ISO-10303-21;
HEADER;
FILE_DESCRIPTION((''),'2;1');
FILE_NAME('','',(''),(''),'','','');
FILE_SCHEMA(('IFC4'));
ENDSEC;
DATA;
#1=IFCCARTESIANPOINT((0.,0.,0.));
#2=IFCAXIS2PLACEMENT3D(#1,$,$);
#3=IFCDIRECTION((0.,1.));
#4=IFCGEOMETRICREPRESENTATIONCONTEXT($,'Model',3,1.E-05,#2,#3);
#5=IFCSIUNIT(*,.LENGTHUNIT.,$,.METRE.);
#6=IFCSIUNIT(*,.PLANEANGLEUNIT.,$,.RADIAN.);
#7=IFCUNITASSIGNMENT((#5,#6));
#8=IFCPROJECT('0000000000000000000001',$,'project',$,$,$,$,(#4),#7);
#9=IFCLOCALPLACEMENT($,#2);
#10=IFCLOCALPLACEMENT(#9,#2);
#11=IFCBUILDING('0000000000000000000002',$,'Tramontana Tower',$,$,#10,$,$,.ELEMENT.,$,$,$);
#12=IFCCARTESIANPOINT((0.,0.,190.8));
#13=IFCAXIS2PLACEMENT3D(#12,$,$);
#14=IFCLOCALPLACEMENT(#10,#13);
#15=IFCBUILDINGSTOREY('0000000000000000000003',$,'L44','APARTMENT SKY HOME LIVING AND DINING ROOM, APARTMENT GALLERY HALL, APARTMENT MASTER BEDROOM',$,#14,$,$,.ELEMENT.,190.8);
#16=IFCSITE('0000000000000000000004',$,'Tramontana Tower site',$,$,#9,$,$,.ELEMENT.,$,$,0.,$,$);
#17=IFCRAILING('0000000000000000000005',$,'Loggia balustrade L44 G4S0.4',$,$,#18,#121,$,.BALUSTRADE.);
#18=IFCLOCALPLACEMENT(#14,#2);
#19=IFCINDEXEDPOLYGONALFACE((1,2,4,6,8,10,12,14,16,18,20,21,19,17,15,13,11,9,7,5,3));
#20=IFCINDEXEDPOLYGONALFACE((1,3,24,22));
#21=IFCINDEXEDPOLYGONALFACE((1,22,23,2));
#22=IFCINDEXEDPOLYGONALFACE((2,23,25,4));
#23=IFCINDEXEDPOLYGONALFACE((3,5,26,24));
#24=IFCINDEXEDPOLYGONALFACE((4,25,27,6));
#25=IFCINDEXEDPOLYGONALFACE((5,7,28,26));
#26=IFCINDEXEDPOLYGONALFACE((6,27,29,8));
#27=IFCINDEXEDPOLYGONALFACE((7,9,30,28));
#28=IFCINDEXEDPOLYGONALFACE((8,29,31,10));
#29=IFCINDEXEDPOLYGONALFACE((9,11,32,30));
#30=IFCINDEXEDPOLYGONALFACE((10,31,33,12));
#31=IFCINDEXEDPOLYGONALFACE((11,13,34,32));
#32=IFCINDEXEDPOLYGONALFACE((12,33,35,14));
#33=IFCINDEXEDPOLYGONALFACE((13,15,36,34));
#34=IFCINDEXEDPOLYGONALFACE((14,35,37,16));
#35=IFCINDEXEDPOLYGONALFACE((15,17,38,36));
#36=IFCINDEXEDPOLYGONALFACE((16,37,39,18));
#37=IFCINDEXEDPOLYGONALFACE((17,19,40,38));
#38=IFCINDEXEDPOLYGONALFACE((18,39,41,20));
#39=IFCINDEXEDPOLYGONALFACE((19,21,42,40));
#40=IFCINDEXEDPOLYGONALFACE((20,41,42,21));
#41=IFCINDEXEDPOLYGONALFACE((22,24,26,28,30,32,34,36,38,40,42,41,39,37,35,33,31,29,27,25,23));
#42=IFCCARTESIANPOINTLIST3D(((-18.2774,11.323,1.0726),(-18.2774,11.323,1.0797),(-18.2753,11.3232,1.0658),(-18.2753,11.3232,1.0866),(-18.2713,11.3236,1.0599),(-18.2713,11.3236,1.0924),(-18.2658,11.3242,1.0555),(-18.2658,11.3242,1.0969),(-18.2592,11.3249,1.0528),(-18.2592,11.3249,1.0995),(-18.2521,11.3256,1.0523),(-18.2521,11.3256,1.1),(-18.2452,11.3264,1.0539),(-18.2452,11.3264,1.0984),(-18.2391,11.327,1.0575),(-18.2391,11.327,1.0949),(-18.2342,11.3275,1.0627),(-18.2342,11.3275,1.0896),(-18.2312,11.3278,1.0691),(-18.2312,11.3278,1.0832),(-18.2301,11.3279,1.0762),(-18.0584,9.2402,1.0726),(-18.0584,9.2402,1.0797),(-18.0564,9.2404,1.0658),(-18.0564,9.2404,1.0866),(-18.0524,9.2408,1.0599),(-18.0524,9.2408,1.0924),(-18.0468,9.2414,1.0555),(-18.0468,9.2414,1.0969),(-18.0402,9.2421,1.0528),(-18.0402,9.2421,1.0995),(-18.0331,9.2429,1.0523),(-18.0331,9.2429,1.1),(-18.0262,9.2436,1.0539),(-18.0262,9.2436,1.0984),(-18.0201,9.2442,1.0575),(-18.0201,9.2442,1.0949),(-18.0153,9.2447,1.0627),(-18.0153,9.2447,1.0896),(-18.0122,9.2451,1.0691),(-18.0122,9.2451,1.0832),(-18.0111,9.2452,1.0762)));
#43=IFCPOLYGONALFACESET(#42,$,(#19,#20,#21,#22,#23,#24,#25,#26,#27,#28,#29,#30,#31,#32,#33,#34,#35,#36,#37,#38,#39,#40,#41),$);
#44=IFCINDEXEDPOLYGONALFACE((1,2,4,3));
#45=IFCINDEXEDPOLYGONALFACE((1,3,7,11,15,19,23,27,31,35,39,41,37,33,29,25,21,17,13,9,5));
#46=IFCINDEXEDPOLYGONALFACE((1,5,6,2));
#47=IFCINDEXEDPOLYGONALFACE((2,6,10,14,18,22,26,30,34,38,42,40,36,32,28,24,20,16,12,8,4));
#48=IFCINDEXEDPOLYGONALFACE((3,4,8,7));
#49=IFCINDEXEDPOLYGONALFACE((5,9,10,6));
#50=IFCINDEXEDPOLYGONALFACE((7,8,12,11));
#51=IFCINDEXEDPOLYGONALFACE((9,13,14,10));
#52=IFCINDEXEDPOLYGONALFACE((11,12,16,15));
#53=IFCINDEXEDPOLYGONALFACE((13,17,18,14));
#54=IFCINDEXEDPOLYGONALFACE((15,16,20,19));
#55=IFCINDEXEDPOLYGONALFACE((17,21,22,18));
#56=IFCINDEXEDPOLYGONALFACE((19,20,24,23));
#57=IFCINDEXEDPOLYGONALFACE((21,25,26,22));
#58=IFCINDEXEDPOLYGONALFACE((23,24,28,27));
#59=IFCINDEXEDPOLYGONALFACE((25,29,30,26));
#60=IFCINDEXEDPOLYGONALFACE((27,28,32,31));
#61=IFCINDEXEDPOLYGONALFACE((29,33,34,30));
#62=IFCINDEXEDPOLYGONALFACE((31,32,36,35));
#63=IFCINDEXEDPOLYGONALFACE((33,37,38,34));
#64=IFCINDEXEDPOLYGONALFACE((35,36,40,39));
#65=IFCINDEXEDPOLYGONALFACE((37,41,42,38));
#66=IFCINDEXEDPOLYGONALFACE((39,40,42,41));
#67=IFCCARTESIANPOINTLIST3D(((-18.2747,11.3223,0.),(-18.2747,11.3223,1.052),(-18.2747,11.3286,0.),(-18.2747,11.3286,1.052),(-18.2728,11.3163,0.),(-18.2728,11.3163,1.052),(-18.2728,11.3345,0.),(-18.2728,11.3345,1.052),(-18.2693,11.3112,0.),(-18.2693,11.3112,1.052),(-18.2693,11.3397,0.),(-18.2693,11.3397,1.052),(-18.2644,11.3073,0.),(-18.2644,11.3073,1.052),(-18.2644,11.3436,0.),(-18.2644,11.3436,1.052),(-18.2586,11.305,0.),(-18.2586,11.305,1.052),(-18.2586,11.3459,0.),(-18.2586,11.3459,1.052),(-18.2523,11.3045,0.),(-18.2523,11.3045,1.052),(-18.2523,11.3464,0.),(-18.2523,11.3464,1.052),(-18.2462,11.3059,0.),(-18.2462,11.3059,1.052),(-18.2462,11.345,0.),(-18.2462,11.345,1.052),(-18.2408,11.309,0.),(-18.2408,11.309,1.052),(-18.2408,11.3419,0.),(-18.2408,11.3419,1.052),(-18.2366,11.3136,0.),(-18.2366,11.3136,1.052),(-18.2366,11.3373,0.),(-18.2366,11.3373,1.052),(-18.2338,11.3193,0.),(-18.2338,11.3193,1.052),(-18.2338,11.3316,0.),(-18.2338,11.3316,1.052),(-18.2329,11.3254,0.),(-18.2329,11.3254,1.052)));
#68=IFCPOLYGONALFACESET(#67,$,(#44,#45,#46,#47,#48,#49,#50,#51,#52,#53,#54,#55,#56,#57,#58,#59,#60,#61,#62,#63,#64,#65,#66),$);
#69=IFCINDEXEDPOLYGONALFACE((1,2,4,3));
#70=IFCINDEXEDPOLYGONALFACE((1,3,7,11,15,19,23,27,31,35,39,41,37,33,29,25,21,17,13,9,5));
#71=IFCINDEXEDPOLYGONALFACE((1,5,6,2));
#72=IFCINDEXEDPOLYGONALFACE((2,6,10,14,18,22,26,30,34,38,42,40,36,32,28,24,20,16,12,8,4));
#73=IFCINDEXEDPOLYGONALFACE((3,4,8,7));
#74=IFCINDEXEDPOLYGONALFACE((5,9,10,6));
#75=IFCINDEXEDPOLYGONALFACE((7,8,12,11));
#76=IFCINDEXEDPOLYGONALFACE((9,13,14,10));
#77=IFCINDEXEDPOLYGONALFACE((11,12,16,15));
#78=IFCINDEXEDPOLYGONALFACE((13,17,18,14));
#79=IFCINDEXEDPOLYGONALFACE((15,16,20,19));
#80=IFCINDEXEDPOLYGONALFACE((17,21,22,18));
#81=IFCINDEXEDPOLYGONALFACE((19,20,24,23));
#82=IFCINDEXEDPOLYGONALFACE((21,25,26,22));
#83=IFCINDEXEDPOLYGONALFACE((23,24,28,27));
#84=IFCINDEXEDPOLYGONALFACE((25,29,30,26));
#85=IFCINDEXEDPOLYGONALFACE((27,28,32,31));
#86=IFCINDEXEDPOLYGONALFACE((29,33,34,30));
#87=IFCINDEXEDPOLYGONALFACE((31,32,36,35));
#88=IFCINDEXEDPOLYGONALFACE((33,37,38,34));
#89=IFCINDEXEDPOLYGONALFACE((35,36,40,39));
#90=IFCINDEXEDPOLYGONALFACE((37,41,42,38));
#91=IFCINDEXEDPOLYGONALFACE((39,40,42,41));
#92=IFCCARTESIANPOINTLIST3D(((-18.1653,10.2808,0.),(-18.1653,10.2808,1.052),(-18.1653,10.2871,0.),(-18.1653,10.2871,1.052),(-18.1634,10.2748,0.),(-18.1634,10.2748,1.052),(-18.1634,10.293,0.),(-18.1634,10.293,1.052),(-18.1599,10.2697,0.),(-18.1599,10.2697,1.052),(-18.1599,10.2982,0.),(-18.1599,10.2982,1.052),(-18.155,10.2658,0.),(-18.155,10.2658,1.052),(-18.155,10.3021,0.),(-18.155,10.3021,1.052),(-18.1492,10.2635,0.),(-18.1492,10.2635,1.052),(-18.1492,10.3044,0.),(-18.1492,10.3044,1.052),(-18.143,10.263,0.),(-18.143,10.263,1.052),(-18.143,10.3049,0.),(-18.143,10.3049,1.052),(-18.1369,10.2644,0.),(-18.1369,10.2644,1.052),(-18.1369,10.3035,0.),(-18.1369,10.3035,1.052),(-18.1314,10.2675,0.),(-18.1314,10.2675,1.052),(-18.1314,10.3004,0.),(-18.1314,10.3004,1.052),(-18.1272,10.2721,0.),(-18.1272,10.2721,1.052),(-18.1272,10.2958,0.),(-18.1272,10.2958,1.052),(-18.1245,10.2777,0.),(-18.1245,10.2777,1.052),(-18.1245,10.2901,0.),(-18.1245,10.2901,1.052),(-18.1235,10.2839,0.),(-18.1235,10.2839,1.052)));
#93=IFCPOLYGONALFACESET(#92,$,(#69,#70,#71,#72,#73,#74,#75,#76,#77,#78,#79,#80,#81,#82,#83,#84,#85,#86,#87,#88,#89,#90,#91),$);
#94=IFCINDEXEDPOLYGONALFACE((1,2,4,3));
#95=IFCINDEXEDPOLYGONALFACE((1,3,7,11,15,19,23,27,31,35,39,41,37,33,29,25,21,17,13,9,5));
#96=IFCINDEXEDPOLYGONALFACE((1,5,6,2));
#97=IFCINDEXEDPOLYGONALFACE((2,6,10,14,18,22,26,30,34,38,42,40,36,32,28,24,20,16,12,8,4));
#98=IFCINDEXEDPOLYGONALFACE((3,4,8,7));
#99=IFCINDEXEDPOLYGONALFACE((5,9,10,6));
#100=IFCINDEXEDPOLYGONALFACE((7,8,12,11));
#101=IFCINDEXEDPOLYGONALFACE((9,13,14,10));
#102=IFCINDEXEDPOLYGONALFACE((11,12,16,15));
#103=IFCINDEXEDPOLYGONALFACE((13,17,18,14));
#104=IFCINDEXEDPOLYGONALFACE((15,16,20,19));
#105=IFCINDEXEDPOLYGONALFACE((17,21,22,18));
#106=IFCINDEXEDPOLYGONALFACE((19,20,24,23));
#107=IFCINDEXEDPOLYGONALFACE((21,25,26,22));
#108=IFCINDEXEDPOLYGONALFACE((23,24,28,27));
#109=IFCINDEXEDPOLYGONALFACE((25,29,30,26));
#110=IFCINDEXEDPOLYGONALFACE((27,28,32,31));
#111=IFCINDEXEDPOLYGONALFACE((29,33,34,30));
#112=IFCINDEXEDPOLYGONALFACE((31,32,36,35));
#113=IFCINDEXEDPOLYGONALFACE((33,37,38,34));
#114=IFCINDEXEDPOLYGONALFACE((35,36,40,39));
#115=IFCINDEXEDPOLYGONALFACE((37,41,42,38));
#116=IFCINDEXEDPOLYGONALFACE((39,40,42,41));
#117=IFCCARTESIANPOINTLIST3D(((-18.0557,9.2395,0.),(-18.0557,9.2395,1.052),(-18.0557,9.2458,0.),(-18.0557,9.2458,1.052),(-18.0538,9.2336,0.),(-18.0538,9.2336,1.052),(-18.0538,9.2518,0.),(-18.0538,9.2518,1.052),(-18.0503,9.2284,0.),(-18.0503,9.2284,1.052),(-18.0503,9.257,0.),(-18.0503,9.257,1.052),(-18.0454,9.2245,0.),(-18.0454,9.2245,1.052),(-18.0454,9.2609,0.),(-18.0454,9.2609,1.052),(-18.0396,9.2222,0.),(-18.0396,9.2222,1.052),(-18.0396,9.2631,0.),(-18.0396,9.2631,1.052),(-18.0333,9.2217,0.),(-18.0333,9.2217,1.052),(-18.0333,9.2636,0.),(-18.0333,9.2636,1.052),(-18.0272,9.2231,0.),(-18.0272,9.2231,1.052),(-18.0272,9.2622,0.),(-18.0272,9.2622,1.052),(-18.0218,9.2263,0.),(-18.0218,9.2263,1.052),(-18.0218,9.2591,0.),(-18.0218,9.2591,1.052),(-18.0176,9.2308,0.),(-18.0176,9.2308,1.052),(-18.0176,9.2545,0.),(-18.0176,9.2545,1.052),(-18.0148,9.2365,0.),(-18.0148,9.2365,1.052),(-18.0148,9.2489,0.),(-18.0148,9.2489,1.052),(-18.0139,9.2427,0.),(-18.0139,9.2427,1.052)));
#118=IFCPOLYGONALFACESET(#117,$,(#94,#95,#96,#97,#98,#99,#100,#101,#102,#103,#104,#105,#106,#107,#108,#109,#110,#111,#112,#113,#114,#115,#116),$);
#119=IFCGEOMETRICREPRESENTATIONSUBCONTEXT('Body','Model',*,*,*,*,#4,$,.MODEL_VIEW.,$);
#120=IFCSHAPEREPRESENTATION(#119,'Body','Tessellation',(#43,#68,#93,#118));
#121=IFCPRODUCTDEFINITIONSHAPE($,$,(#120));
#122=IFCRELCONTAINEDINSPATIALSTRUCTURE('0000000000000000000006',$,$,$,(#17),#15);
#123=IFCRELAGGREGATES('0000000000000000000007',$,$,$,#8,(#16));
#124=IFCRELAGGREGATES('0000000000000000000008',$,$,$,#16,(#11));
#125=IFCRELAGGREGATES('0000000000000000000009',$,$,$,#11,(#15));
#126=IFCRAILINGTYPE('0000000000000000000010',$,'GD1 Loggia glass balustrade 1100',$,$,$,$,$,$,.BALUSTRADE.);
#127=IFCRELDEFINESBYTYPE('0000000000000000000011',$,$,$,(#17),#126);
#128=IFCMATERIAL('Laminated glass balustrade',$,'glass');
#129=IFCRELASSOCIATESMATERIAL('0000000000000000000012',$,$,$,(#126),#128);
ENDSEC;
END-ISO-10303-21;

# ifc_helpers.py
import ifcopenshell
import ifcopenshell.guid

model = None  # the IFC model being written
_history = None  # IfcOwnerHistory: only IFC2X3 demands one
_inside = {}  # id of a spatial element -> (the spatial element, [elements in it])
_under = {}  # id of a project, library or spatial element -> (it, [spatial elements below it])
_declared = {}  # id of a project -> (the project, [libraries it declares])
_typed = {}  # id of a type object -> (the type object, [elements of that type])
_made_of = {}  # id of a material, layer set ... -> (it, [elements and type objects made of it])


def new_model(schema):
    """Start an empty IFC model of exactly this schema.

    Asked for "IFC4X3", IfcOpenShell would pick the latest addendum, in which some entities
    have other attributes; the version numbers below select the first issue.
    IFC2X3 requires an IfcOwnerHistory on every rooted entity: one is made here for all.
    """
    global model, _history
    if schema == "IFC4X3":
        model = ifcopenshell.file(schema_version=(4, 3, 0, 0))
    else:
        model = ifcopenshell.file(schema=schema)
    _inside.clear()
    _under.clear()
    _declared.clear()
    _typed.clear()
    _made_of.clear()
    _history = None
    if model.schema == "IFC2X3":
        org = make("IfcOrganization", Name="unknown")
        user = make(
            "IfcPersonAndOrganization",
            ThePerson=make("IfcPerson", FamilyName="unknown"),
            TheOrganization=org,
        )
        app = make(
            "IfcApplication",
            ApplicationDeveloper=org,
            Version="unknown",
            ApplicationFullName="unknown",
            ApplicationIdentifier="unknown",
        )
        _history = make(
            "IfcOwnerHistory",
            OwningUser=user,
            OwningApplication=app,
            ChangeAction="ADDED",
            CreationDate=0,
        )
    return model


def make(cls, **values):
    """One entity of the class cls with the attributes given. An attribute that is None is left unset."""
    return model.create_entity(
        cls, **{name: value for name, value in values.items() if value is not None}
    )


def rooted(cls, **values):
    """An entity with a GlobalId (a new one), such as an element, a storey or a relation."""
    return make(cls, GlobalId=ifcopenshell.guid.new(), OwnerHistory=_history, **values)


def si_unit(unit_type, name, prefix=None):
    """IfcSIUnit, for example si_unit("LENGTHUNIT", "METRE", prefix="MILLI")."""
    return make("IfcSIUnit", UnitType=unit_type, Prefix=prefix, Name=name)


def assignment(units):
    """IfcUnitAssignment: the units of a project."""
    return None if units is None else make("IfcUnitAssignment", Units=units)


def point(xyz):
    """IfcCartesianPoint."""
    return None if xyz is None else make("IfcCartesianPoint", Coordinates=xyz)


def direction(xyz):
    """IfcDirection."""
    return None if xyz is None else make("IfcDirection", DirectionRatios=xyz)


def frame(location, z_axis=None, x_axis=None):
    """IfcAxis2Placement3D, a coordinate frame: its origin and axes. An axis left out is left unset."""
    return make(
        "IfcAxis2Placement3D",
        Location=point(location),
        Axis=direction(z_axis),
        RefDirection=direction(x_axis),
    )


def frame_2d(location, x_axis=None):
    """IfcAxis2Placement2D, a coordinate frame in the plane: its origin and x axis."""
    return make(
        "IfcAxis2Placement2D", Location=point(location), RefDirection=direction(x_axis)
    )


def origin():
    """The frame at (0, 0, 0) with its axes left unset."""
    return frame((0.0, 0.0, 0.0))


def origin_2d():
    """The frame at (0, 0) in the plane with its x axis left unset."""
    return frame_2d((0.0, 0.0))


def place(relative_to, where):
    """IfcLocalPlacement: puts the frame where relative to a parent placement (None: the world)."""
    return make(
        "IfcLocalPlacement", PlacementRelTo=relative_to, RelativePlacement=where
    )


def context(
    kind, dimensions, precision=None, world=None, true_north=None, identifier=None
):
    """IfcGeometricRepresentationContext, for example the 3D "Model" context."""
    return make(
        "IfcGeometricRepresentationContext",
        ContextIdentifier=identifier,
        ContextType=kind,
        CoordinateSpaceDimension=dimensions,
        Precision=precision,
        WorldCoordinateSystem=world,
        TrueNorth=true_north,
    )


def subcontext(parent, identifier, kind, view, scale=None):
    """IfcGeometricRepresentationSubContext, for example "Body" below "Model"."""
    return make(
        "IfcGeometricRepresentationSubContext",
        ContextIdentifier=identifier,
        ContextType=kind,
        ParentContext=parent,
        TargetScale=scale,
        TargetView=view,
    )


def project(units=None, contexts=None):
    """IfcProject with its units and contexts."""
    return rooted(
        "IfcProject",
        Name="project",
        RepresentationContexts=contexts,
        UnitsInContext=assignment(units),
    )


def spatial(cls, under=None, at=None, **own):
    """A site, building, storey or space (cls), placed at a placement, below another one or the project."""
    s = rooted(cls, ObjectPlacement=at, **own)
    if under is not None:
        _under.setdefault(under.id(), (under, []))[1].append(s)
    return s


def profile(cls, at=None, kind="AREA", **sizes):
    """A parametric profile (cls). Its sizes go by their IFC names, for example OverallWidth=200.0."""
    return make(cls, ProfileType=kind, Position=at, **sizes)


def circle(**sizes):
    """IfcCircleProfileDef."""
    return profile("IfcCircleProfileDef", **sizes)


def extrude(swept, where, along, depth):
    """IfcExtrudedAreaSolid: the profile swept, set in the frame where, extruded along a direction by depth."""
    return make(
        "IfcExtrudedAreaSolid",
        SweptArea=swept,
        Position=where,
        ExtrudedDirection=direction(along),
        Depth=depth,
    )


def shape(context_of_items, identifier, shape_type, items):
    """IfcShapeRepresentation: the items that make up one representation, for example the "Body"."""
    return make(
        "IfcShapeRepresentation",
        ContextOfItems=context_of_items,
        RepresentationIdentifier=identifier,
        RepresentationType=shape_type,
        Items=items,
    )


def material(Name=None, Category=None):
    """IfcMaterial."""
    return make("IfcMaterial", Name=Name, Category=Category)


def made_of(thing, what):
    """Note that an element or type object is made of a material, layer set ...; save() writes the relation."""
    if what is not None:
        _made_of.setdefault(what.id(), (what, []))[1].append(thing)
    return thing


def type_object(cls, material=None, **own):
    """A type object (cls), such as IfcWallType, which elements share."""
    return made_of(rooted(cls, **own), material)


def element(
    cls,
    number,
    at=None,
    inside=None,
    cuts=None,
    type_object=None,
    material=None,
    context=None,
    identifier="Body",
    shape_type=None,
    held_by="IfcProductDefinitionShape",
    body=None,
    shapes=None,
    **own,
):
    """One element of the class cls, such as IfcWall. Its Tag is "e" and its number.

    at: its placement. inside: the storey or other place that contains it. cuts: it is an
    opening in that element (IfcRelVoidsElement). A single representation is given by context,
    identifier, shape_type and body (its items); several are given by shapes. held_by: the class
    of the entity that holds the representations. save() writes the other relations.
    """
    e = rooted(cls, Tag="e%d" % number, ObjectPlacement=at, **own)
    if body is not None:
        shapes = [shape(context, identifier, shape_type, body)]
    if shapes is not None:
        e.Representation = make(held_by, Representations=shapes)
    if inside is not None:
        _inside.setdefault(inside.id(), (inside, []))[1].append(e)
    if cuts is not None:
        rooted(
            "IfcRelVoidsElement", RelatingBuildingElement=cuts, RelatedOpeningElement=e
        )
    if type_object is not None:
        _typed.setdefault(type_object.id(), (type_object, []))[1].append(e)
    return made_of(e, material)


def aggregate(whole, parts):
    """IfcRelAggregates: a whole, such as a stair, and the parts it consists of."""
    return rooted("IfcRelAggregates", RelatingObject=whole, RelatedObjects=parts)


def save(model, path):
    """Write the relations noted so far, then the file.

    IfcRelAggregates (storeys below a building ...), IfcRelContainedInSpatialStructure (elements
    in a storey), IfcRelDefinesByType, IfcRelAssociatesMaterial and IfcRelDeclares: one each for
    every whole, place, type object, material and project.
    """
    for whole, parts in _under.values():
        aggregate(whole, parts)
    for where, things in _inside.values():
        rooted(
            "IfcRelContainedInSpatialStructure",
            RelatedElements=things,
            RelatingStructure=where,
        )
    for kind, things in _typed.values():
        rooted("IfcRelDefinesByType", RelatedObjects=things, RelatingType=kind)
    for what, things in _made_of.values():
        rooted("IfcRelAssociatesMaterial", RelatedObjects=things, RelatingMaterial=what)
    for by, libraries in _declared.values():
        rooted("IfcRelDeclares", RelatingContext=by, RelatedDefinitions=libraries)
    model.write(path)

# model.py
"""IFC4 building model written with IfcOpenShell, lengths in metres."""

from ifc_helpers import new_model, si_unit, direction, frame, origin, origin_2d, place, context, subcontext, project, spatial, circle, extrude, material, type_object, element, save


model = new_model("IFC4")

# Units and contexts
model_context = context("Model", 3, precision=1e-05, world=origin(), true_north=direction((0.0, 1.0)))
body_context = subcontext(model_context, "Body", "Model", "MODEL_VIEW")
ifc_project = project(units=[si_unit("LENGTHUNIT", "METRE"), si_unit("PLANEANGLEUNIT", "RADIAN")], contexts=[model_context])

# Site, building, storey
site_placement = place(None, origin())
site = spatial("IfcSite", under=ifc_project, at=site_placement, Name="Tramontana Tower site", CompositionType="ELEMENT", RefElevation=0.0)
building_placement = place(site_placement, origin())
building = spatial("IfcBuilding", under=site, at=building_placement, Name="Tramontana Tower", CompositionType="ELEMENT")
storey_placement = place(building_placement, frame((0.0, 0.0, 190.8)))
storey = spatial("IfcBuildingStorey", under=building, at=storey_placement, Name="L44", Description="APARTMENT SKY HOME LIVING AND DINING ROOM, APARTMENT GALLERY HALL, APARTMENT MASTER BEDROOM", CompositionType="ELEMENT", Elevation=190.8)

# Railing
ifc_material_1 = material(Name="Laminated glass balustrade", Category="glass")
railing_type = type_object("IfcRailingType", Name="GD1 Loggia glass balustrade 1100", PredefinedType="BALUSTRADE", material=ifc_material_1)
railing_1_placement = place(storey_placement, frame((-18.2539, 11.3254, 0.0)))
element("IfcRailing", 1, at=railing_1_placement, inside=storey, type_object=railing_type, Name="Loggia balustrade L44 G4S0.4", PredefinedType="BALUSTRADE", context=body_context, shape_type="SweptSolid", body=[
    extrude(circle(Radius=0.0239, at=origin_2d()), frame((0.0, 0.0, 1.0762), z_axis=(0.104569, -0.994518, 0.0), x_axis=(0.994518, 0.104569, 0.0)), (0.0, 0.0, 1.0), 2.0942),
    extrude(circle(Radius=0.021, at=origin_2d()), origin(), (0.0, 0.0, 1.0), 1.052),
    extrude(circle(Radius=0.021, at=origin_2d()), frame((0.1094, -1.0415, 0.0)), (0.0, 0.0, 1.0), 1.052),
    extrude(circle(Radius=0.021, at=origin_2d()), frame((0.219, -2.0828, 0.0)), (0.0, 0.0, 1.0), 1.052),
])

save(model, "model.ifc")
